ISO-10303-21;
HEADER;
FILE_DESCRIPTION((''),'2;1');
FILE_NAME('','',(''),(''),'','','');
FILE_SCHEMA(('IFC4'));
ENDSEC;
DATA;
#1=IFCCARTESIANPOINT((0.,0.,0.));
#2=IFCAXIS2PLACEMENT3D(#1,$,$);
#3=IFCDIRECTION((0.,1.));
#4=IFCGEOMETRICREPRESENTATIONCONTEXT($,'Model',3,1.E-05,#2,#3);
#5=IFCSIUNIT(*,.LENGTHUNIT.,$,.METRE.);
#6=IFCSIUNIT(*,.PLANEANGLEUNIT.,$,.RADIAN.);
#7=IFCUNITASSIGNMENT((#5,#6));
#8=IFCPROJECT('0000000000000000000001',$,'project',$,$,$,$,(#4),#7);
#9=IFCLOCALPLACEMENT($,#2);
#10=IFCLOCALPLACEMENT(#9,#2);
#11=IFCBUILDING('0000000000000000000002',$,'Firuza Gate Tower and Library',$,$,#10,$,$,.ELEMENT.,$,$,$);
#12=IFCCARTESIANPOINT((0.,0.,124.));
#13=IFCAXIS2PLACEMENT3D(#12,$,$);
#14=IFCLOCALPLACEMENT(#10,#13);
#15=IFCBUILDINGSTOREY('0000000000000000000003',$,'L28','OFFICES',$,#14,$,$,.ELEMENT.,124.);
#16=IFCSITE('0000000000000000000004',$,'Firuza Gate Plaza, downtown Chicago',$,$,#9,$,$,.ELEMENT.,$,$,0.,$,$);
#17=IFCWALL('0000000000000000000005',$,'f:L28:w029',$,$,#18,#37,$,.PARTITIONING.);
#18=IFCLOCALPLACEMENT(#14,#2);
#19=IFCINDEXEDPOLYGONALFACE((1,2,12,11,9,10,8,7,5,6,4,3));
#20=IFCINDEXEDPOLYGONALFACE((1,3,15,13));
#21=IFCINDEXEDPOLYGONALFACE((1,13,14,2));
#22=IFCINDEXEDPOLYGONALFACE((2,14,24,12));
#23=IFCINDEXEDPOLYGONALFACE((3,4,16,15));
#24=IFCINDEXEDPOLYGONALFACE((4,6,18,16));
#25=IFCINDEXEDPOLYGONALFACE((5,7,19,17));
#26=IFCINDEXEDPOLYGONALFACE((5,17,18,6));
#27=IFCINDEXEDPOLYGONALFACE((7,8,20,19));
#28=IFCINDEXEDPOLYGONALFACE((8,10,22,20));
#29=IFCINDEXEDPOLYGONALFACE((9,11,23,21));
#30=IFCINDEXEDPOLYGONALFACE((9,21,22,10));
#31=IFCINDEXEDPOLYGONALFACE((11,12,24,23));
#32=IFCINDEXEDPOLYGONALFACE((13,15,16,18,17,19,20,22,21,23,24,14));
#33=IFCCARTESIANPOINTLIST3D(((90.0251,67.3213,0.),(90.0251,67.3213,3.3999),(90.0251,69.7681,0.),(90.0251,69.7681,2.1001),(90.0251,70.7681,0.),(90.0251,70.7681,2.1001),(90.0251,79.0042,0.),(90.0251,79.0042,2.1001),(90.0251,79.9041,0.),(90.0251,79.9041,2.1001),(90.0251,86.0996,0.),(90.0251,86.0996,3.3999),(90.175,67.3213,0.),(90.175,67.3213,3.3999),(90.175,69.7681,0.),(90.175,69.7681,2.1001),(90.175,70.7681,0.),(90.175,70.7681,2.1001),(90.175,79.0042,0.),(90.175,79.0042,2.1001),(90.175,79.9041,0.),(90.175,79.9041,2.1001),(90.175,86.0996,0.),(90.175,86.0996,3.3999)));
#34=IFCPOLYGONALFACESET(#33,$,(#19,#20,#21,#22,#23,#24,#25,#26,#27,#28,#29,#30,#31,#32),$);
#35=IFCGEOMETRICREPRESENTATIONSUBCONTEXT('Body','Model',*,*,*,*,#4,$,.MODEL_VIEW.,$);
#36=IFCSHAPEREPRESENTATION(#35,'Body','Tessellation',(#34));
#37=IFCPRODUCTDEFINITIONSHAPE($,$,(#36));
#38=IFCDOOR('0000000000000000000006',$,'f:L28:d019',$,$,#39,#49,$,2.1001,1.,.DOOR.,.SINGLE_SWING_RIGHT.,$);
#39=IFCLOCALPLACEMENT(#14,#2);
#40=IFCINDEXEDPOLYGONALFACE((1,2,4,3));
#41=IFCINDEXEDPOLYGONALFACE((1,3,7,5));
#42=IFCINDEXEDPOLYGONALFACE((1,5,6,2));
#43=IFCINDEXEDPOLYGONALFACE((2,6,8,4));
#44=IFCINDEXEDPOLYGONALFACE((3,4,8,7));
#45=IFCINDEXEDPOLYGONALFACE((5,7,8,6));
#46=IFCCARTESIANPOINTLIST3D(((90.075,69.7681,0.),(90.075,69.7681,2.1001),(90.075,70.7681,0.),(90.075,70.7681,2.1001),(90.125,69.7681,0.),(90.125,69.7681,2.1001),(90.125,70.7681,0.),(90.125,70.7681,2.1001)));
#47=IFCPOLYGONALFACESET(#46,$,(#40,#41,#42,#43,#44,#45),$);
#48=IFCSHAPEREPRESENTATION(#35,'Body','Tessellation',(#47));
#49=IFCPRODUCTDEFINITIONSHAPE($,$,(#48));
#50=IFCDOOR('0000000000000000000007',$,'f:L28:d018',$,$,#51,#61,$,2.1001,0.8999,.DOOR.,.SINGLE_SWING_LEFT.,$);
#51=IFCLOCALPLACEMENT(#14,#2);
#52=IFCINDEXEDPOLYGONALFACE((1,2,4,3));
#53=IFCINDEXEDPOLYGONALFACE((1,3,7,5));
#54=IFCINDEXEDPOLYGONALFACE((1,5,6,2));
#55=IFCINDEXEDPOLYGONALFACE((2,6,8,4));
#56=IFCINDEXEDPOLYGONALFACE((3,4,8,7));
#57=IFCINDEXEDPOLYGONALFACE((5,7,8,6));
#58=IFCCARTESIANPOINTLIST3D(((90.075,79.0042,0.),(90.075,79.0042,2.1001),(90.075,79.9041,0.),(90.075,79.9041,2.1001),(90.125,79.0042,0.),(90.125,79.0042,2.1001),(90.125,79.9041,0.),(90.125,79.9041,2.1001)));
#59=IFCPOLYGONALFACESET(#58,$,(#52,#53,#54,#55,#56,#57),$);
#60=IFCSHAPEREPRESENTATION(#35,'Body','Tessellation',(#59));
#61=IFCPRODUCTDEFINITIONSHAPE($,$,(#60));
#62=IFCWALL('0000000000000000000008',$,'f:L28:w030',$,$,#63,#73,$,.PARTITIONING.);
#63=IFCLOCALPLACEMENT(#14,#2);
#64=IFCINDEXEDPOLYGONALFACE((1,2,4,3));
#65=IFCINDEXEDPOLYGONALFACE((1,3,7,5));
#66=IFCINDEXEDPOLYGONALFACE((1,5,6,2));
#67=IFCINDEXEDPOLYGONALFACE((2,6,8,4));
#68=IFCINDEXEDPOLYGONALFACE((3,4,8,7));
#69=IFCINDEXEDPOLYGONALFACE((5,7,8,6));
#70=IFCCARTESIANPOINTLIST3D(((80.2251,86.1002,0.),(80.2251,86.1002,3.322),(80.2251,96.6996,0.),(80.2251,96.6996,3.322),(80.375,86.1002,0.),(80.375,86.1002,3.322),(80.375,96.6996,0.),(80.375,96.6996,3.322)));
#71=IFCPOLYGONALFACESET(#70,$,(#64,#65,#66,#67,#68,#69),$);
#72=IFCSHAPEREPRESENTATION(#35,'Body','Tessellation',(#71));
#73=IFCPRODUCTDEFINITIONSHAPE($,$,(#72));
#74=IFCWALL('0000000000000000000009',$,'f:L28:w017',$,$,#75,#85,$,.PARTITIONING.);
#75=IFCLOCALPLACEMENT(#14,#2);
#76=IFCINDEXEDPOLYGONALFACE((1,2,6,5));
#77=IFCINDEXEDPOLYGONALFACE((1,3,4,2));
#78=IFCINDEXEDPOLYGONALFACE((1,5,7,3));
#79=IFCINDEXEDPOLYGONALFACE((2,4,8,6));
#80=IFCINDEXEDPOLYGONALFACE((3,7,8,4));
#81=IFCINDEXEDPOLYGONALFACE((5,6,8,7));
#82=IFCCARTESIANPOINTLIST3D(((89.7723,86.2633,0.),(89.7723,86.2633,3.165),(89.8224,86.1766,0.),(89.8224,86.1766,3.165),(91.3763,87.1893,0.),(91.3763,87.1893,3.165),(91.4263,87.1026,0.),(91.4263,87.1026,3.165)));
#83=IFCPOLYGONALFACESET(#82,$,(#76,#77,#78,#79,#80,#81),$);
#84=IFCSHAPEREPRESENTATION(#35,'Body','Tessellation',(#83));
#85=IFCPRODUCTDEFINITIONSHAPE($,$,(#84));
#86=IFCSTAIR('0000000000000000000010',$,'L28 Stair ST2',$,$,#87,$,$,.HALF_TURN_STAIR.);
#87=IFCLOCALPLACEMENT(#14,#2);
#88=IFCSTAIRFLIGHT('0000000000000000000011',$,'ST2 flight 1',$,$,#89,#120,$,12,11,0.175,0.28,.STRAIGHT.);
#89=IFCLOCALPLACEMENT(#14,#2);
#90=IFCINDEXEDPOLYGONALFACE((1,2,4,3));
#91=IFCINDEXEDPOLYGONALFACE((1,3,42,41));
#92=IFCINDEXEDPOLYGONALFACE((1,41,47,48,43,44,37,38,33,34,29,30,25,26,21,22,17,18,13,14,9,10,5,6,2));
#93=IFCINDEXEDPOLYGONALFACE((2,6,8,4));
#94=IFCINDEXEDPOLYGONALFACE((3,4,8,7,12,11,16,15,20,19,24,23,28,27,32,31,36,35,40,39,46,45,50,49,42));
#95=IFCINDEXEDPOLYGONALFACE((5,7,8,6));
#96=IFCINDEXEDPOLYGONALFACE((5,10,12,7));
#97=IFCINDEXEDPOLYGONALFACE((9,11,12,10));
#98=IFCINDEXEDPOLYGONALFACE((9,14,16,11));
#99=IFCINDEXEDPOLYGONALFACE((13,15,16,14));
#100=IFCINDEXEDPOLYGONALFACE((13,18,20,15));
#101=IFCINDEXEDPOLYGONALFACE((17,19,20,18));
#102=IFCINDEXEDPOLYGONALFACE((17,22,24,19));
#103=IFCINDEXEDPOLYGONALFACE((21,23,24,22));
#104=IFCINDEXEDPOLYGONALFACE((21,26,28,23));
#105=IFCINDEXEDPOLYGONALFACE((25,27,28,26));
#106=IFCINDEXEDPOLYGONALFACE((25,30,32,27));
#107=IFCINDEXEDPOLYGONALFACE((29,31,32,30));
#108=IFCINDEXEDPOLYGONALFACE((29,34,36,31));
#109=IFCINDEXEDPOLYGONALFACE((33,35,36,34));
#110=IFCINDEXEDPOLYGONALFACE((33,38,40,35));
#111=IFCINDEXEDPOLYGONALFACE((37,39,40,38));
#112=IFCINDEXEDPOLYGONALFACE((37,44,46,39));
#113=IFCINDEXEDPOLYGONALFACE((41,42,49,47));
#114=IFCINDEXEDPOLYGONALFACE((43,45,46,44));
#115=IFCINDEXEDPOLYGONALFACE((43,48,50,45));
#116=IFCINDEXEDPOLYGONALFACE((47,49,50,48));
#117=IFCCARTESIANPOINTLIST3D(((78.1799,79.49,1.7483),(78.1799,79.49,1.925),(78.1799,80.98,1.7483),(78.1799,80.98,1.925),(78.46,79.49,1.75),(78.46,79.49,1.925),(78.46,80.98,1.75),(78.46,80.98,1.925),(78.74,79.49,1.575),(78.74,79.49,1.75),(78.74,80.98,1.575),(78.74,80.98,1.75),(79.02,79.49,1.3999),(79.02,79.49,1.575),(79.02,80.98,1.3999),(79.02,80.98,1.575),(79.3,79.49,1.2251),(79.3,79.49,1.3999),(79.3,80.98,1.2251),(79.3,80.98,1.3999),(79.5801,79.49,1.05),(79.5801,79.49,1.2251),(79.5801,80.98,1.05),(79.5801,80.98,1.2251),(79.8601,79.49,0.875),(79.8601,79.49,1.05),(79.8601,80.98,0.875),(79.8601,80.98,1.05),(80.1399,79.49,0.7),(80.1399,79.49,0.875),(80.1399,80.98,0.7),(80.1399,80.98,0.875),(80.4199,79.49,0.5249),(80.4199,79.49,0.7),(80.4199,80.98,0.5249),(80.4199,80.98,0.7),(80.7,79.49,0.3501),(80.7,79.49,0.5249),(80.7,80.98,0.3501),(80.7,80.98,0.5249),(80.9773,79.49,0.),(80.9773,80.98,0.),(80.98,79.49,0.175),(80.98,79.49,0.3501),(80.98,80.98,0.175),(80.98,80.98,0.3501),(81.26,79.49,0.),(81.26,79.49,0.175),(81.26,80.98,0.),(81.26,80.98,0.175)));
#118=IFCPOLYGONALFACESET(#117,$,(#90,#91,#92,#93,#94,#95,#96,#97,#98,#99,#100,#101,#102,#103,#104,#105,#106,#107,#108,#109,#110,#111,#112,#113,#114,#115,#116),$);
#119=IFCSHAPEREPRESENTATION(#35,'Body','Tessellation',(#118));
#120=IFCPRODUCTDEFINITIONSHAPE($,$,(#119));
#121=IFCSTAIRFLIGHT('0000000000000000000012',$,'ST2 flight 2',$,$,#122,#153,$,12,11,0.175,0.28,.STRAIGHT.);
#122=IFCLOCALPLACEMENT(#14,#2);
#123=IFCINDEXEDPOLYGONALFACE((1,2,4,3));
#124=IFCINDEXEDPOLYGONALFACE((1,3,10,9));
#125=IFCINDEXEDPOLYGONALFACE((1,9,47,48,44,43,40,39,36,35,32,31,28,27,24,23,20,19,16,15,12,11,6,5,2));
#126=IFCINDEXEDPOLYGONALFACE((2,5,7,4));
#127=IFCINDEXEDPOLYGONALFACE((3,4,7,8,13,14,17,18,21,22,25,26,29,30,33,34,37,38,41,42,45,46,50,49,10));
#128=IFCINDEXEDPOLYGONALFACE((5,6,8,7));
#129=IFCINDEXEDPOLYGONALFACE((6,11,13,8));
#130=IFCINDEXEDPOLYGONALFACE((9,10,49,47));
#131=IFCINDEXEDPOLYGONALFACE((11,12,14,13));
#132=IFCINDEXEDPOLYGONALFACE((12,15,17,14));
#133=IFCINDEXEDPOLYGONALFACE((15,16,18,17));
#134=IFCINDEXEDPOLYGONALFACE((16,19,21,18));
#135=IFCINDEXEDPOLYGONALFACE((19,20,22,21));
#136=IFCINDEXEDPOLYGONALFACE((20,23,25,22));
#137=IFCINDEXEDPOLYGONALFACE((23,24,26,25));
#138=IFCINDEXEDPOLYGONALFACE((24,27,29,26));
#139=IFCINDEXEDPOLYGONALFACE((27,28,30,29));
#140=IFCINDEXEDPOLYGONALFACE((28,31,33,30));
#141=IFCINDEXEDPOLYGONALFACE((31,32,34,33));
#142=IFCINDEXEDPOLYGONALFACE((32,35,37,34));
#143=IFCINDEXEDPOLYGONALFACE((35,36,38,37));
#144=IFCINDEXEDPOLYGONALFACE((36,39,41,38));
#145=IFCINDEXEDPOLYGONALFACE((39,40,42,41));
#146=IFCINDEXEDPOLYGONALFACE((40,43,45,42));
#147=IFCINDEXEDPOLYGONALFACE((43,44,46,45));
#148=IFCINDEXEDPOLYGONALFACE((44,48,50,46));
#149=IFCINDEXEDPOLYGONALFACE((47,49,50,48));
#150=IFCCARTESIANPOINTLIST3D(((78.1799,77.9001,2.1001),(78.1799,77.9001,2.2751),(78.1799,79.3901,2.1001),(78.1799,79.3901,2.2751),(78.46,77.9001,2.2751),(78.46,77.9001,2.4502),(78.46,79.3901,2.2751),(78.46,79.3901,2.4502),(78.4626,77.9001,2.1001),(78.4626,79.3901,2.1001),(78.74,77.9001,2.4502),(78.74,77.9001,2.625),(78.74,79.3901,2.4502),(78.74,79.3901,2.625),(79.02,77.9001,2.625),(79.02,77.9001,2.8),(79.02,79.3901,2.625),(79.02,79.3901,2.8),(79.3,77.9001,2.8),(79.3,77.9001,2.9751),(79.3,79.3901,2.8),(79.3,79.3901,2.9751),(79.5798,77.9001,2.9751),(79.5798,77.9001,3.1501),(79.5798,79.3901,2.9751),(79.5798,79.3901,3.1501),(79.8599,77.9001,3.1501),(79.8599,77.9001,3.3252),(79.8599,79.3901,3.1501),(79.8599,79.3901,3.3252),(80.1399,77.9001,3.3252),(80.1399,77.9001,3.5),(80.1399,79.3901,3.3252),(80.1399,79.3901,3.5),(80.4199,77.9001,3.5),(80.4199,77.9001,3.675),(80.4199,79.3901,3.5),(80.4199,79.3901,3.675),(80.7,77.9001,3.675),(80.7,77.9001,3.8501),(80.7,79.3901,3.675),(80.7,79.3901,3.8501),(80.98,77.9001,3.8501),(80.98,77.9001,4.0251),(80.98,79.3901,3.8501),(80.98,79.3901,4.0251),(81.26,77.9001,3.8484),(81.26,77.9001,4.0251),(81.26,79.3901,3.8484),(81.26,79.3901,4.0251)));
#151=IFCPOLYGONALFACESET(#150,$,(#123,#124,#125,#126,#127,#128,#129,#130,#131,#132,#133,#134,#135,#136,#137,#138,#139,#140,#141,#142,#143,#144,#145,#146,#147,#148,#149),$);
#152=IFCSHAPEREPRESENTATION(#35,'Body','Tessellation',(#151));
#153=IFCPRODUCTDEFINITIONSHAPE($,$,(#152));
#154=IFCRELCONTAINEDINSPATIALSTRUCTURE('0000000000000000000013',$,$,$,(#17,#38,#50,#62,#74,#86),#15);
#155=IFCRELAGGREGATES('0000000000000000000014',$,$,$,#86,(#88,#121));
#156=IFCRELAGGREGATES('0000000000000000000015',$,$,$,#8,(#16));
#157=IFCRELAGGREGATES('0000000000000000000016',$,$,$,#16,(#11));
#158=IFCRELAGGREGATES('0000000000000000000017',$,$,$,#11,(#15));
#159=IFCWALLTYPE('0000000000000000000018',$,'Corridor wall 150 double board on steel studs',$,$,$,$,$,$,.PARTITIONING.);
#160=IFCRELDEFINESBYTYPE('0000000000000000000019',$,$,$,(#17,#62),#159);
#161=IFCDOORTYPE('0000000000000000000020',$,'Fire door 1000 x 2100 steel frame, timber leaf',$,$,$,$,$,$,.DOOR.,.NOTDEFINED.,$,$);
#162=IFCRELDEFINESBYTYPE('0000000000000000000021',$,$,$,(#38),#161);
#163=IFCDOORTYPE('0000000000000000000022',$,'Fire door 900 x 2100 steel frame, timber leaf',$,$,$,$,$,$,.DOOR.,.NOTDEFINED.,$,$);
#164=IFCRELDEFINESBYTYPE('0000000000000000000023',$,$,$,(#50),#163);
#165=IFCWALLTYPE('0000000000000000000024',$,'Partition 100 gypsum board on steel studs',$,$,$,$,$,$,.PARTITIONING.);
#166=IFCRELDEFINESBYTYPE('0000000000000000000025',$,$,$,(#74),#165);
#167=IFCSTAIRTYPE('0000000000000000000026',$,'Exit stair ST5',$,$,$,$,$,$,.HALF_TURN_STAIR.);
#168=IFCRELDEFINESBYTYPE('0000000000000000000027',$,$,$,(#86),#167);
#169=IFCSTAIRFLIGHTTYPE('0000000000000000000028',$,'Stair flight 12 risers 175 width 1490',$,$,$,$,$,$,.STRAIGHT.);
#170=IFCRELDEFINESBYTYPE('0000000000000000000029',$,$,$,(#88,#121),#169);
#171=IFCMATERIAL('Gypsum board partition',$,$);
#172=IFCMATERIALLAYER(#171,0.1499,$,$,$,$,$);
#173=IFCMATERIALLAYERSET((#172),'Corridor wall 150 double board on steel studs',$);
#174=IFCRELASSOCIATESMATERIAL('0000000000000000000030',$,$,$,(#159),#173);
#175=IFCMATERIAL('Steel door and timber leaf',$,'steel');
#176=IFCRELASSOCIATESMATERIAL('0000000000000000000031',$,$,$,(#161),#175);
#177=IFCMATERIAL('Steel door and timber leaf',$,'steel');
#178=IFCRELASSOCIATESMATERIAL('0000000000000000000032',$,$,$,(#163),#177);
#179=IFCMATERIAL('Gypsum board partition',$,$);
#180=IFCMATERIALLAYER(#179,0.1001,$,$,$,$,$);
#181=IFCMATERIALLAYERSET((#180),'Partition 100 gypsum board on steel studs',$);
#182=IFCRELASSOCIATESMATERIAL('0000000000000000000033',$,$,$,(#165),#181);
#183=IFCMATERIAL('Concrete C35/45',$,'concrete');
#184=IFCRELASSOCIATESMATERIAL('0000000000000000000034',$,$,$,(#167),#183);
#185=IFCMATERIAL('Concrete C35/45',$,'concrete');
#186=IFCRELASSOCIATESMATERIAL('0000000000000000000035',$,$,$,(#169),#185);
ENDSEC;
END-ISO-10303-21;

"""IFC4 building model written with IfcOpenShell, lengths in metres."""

from ifc_helpers import new_model, si_unit, direction, frame, frame_2d, origin, place, context, subcontext, project, spatial, polyline, rectangle, outline, extrude, material, layer, layer_set, type_object, element, fill, aggregate, save


model = new_model("IFC4")

# Units and contexts
model_context = context("Model", 3, precision=1e-05, world=origin(), true_north=direction((0.0, 1.0)))
body_context = subcontext(model_context, "Body", "Model", "MODEL_VIEW")
ifc_project = project(units=[si_unit("LENGTHUNIT", "METRE"), si_unit("PLANEANGLEUNIT", "RADIAN")], contexts=[model_context])

# Site, building, storey
site_placement = place(None, origin())
site = spatial("IfcSite", under=ifc_project, at=site_placement, Name="Firuza Gate Plaza, downtown Chicago", CompositionType="ELEMENT", RefElevation=0.0)
building_placement = place(site_placement, origin())
building = spatial("IfcBuilding", under=site, at=building_placement, Name="Firuza Gate Tower and Library", CompositionType="ELEMENT")
storey_placement = place(building_placement, frame((0.0, 0.0, 124.0)))
storey = spatial("IfcBuildingStorey", under=building, at=storey_placement, Name="L28", Description="OFFICES", CompositionType="ELEMENT", Elevation=124.0)

# Shared definitions
placement = place(storey_placement, origin())

# Shared definitions
ifc_material_1 = material(Name="Gypsum board partition")
ifc_layer_1 = layer(ifc_material_1, 0.1499)
ifc_layer_set_1 = layer_set([ifc_layer_1], Name="Corridor wall 150 double board on steel studs")
wall_type_1 = type_object("IfcWallType", Name="Corridor wall 150 double board on steel studs", PredefinedType="PARTITIONING", material=ifc_layer_set_1)

# Wall, openings, doors
wall_1_placement = place(storey_placement, frame((90.1001, 86.0996, 0.0), z_axis=(0.0, 0.0, 1.0), x_axis=(0.0, -1.0, 0.0)))
wall_1 = element("IfcWall", 1, at=wall_1_placement, inside=storey, type_object=wall_type_1, Name="f:L28:w029", PredefinedType="PARTITIONING", context=body_context, shape_type="SweptSolid", body=[
    extrude(rectangle(XDim=18.7783, YDim=0.1499, at=frame_2d((9.3892, 0.0))), origin(), (0.0, 0.0, 1.0), 3.3999),
])
opening_1_placement = place(wall_1_placement, frame((6.1956, 0.0, 0.0)))
opening_1 = element("IfcOpeningElement", 2, at=opening_1_placement, cuts=wall_1, PredefinedType="OPENING", context=body_context, shape_type="SweptSolid", body=[
    extrude(rectangle(XDim=0.8999, YDim=2.1001, at=frame_2d((0.45, 1.05))), frame((0.0, 0.085, 0.0), z_axis=(0.0, -1.0, 0.0), x_axis=(1.0, 0.0, 0.0)), (0.0, 0.0, 1.0), 0.1699),
])
opening_2_placement = place(wall_1_placement, frame((15.3315, 0.0, 0.0)))
opening_2 = element("IfcOpeningElement", 3, at=opening_2_placement, cuts=wall_1, PredefinedType="OPENING", context=body_context, shape_type="SweptSolid", body=[
    extrude(rectangle(XDim=1.0, YDim=2.1001, at=frame_2d((0.5, 1.05))), frame((0.0, 0.085, 0.0), z_axis=(0.0, -1.0, 0.0), x_axis=(1.0, 0.0, 0.0)), (0.0, 0.0, 1.0), 0.1699),
])
ifc_material_2 = material(Name="Steel door and timber leaf", Category="steel")
door_type_1 = type_object("IfcDoorType", Name="Fire door 1000 x 2100 steel frame, timber leaf", OperationType="NOTDEFINED", PredefinedType="DOOR", material=ifc_material_2)
door_1_placement = place(opening_2_placement, origin())
door_1 = element("IfcDoor", 4, at=door_1_placement, inside=storey, type_object=door_type_1, Name="f:L28:d019", OperationType="SINGLE_SWING_RIGHT", OverallHeight=2.1001, OverallWidth=1.0, PredefinedType="DOOR", context=body_context, shape_type="SweptSolid", body=[
    extrude(rectangle(XDim=1.0, YDim=2.1001, at=frame_2d((0.5, 1.05))), frame((0.0, 0.0249, 0.0), z_axis=(0.0, -1.0, 0.0), x_axis=(1.0, 0.0, 0.0)), (0.0, 0.0, 1.0), 0.05),
])
fill(opening_2, door_1)
ifc_material_3 = material(Name="Steel door and timber leaf", Category="steel")
door_type_2 = type_object("IfcDoorType", Name="Fire door 900 x 2100 steel frame, timber leaf", OperationType="NOTDEFINED", PredefinedType="DOOR", material=ifc_material_3)
door_2_placement = place(opening_1_placement, origin())
door_2 = element("IfcDoor", 5, at=door_2_placement, inside=storey, type_object=door_type_2, Name="f:L28:d018", OperationType="SINGLE_SWING_LEFT", OverallHeight=2.1001, OverallWidth=0.8999, PredefinedType="DOOR", context=body_context, shape_type="SweptSolid", body=[
    extrude(rectangle(XDim=0.8999, YDim=2.1001, at=frame_2d((0.45, 1.05))), frame((0.0, 0.0249, 0.0), z_axis=(0.0, -1.0, 0.0), x_axis=(1.0, 0.0, 0.0)), (0.0, 0.0, 1.0), 0.05),
])
fill(opening_1, door_2)

# Walls
wall_2_placement = place(storey_placement, frame((80.3, 86.1001, 0.0), z_axis=(0.0, 0.0, 1.0), x_axis=(0.0, 1.0, 0.0)))
element("IfcWall", 6, at=wall_2_placement, inside=storey, type_object=wall_type_1, Name="f:L28:w030", PredefinedType="PARTITIONING", context=body_context, shape_type="SweptSolid", body=[
    extrude(rectangle(XDim=10.5994, YDim=0.1499, at=frame_2d((5.2998, 0.0))), origin(), (0.0, 0.0, 1.0), 3.322),
])
ifc_material_4 = material(Name="Gypsum board partition")
ifc_layer_2 = layer(ifc_material_4, 0.1001)
ifc_layer_set_2 = layer_set([ifc_layer_2], Name="Partition 100 gypsum board on steel studs")
wall_type_2 = type_object("IfcWallType", Name="Partition 100 gypsum board on steel studs", PredefinedType="PARTITIONING", material=ifc_layer_set_2)
wall_3_placement = place(storey_placement, frame((89.7974, 86.22, 0.0), z_axis=(0.0, 0.0, 1.0), x_axis=(0.866036, 0.499981, 0.0)))
element("IfcWall", 7, at=wall_3_placement, inside=storey, type_object=wall_type_2, Name="f:L28:w017", PredefinedType="PARTITIONING", context=body_context, shape_type="SweptSolid", body=[
    extrude(rectangle(XDim=1.8521, YDim=0.1001, at=frame_2d((0.926, 0.0))), origin(), (0.0, 0.0, 1.0), 3.165),
])

# Stair, stair flights
ifc_material_5 = material(Name="Concrete C35/45", Category="concrete")
stair_type = type_object("IfcStairType", Name="Exit stair ST5", PredefinedType="HALF_TURN_STAIR", material=ifc_material_5)
stair = element("IfcStair", 8, at=placement, inside=storey, type_object=stair_type, Name="L28 Stair ST2", PredefinedType="HALF_TURN_STAIR")
ifc_material_6 = material(Name="Concrete C35/45", Category="concrete")
stair_flight_type = type_object("IfcStairFlightType", Name="Stair flight 12 risers 175 width 1490", PredefinedType="STRAIGHT", material=ifc_material_6)
stair_flight_1_placement = place(storey_placement, frame((81.26, 80.2351, 0.0), z_axis=(0.0, 0.0, 1.0), x_axis=(-1.0, 0.0, 0.0)))
stair_flight_1 = element("IfcStairFlight", 9, at=stair_flight_1_placement, type_object=stair_flight_type, Name="ST2 flight 1", NumberOfRisers=12, NumberOfTreads=11, PredefinedType="STRAIGHT", RiserHeight=0.175, TreadLength=0.28, context=body_context, shape_type="SweptSolid", body=[
    extrude(outline(polyline([(0.0, 0.0), (0.0, 0.175), (0.28, 0.175), (0.28, 0.3501), (0.5601, 0.3501), (0.5601, 0.5249), (0.8401, 0.5249), (0.8401, 0.7), (1.1201, 0.7), (1.1201, 0.875), (1.3999, 0.875), (1.3999, 1.05), (1.6799, 1.05), (1.6799, 1.2251), (1.96, 1.2251), (1.96, 1.3999), (2.24, 1.3999), (2.24, 1.575), (2.52, 1.575), (2.52, 1.75), (2.8, 1.75), (2.8, 1.925), (3.0801, 1.925), (3.0801, 2.1001), (3.0801, 1.7483), (0.2827, 0.0), (0.0, 0.0)])), frame((0.0, 0.7451, 0.0), z_axis=(0.0, -1.0, 0.0), x_axis=(1.0, 0.0, 0.0)), (0.0, 0.0, 1.0), 1.49),
])
stair_flight_2_placement = place(storey_placement, frame((78.1799, 78.645, 2.1001), z_axis=(0.0, 0.0, 1.0), x_axis=(1.0, 0.0, 0.0)))
stair_flight_2 = element("IfcStairFlight", 10, at=stair_flight_2_placement, type_object=stair_flight_type, Name="ST2 flight 2", NumberOfRisers=12, NumberOfTreads=11, PredefinedType="STRAIGHT", RiserHeight=0.175, TreadLength=0.28, context=body_context, shape_type="SweptSolid", body=[
    extrude(outline(polyline([(0.0, 0.0), (0.0, 0.175), (0.28, 0.175), (0.28, 0.3501), (0.5601, 0.3501), (0.5601, 0.5249), (0.8401, 0.5249), (0.8401, 0.7), (1.1201, 0.7), (1.1201, 0.875), (1.3999, 0.875), (1.3999, 1.05), (1.6799, 1.05), (1.6799, 1.2251), (1.96, 1.2251), (1.96, 1.3999), (2.24, 1.3999), (2.24, 1.575), (2.52, 1.575), (2.52, 1.75), (2.8, 1.75), (2.8, 1.925), (3.0801, 1.925), (3.0801, 2.1001), (3.0801, 1.7483), (0.2827, 0.0), (0.0, 0.0)])), frame((0.0, 0.7451, 0.0), z_axis=(0.0, -1.0, 0.0), x_axis=(1.0, 0.0, 0.0)), (0.0, 0.0, 1.0), 1.49),
])
aggregate(stair, [stair_flight_1, stair_flight_2])

save(model, "model.ifc")
